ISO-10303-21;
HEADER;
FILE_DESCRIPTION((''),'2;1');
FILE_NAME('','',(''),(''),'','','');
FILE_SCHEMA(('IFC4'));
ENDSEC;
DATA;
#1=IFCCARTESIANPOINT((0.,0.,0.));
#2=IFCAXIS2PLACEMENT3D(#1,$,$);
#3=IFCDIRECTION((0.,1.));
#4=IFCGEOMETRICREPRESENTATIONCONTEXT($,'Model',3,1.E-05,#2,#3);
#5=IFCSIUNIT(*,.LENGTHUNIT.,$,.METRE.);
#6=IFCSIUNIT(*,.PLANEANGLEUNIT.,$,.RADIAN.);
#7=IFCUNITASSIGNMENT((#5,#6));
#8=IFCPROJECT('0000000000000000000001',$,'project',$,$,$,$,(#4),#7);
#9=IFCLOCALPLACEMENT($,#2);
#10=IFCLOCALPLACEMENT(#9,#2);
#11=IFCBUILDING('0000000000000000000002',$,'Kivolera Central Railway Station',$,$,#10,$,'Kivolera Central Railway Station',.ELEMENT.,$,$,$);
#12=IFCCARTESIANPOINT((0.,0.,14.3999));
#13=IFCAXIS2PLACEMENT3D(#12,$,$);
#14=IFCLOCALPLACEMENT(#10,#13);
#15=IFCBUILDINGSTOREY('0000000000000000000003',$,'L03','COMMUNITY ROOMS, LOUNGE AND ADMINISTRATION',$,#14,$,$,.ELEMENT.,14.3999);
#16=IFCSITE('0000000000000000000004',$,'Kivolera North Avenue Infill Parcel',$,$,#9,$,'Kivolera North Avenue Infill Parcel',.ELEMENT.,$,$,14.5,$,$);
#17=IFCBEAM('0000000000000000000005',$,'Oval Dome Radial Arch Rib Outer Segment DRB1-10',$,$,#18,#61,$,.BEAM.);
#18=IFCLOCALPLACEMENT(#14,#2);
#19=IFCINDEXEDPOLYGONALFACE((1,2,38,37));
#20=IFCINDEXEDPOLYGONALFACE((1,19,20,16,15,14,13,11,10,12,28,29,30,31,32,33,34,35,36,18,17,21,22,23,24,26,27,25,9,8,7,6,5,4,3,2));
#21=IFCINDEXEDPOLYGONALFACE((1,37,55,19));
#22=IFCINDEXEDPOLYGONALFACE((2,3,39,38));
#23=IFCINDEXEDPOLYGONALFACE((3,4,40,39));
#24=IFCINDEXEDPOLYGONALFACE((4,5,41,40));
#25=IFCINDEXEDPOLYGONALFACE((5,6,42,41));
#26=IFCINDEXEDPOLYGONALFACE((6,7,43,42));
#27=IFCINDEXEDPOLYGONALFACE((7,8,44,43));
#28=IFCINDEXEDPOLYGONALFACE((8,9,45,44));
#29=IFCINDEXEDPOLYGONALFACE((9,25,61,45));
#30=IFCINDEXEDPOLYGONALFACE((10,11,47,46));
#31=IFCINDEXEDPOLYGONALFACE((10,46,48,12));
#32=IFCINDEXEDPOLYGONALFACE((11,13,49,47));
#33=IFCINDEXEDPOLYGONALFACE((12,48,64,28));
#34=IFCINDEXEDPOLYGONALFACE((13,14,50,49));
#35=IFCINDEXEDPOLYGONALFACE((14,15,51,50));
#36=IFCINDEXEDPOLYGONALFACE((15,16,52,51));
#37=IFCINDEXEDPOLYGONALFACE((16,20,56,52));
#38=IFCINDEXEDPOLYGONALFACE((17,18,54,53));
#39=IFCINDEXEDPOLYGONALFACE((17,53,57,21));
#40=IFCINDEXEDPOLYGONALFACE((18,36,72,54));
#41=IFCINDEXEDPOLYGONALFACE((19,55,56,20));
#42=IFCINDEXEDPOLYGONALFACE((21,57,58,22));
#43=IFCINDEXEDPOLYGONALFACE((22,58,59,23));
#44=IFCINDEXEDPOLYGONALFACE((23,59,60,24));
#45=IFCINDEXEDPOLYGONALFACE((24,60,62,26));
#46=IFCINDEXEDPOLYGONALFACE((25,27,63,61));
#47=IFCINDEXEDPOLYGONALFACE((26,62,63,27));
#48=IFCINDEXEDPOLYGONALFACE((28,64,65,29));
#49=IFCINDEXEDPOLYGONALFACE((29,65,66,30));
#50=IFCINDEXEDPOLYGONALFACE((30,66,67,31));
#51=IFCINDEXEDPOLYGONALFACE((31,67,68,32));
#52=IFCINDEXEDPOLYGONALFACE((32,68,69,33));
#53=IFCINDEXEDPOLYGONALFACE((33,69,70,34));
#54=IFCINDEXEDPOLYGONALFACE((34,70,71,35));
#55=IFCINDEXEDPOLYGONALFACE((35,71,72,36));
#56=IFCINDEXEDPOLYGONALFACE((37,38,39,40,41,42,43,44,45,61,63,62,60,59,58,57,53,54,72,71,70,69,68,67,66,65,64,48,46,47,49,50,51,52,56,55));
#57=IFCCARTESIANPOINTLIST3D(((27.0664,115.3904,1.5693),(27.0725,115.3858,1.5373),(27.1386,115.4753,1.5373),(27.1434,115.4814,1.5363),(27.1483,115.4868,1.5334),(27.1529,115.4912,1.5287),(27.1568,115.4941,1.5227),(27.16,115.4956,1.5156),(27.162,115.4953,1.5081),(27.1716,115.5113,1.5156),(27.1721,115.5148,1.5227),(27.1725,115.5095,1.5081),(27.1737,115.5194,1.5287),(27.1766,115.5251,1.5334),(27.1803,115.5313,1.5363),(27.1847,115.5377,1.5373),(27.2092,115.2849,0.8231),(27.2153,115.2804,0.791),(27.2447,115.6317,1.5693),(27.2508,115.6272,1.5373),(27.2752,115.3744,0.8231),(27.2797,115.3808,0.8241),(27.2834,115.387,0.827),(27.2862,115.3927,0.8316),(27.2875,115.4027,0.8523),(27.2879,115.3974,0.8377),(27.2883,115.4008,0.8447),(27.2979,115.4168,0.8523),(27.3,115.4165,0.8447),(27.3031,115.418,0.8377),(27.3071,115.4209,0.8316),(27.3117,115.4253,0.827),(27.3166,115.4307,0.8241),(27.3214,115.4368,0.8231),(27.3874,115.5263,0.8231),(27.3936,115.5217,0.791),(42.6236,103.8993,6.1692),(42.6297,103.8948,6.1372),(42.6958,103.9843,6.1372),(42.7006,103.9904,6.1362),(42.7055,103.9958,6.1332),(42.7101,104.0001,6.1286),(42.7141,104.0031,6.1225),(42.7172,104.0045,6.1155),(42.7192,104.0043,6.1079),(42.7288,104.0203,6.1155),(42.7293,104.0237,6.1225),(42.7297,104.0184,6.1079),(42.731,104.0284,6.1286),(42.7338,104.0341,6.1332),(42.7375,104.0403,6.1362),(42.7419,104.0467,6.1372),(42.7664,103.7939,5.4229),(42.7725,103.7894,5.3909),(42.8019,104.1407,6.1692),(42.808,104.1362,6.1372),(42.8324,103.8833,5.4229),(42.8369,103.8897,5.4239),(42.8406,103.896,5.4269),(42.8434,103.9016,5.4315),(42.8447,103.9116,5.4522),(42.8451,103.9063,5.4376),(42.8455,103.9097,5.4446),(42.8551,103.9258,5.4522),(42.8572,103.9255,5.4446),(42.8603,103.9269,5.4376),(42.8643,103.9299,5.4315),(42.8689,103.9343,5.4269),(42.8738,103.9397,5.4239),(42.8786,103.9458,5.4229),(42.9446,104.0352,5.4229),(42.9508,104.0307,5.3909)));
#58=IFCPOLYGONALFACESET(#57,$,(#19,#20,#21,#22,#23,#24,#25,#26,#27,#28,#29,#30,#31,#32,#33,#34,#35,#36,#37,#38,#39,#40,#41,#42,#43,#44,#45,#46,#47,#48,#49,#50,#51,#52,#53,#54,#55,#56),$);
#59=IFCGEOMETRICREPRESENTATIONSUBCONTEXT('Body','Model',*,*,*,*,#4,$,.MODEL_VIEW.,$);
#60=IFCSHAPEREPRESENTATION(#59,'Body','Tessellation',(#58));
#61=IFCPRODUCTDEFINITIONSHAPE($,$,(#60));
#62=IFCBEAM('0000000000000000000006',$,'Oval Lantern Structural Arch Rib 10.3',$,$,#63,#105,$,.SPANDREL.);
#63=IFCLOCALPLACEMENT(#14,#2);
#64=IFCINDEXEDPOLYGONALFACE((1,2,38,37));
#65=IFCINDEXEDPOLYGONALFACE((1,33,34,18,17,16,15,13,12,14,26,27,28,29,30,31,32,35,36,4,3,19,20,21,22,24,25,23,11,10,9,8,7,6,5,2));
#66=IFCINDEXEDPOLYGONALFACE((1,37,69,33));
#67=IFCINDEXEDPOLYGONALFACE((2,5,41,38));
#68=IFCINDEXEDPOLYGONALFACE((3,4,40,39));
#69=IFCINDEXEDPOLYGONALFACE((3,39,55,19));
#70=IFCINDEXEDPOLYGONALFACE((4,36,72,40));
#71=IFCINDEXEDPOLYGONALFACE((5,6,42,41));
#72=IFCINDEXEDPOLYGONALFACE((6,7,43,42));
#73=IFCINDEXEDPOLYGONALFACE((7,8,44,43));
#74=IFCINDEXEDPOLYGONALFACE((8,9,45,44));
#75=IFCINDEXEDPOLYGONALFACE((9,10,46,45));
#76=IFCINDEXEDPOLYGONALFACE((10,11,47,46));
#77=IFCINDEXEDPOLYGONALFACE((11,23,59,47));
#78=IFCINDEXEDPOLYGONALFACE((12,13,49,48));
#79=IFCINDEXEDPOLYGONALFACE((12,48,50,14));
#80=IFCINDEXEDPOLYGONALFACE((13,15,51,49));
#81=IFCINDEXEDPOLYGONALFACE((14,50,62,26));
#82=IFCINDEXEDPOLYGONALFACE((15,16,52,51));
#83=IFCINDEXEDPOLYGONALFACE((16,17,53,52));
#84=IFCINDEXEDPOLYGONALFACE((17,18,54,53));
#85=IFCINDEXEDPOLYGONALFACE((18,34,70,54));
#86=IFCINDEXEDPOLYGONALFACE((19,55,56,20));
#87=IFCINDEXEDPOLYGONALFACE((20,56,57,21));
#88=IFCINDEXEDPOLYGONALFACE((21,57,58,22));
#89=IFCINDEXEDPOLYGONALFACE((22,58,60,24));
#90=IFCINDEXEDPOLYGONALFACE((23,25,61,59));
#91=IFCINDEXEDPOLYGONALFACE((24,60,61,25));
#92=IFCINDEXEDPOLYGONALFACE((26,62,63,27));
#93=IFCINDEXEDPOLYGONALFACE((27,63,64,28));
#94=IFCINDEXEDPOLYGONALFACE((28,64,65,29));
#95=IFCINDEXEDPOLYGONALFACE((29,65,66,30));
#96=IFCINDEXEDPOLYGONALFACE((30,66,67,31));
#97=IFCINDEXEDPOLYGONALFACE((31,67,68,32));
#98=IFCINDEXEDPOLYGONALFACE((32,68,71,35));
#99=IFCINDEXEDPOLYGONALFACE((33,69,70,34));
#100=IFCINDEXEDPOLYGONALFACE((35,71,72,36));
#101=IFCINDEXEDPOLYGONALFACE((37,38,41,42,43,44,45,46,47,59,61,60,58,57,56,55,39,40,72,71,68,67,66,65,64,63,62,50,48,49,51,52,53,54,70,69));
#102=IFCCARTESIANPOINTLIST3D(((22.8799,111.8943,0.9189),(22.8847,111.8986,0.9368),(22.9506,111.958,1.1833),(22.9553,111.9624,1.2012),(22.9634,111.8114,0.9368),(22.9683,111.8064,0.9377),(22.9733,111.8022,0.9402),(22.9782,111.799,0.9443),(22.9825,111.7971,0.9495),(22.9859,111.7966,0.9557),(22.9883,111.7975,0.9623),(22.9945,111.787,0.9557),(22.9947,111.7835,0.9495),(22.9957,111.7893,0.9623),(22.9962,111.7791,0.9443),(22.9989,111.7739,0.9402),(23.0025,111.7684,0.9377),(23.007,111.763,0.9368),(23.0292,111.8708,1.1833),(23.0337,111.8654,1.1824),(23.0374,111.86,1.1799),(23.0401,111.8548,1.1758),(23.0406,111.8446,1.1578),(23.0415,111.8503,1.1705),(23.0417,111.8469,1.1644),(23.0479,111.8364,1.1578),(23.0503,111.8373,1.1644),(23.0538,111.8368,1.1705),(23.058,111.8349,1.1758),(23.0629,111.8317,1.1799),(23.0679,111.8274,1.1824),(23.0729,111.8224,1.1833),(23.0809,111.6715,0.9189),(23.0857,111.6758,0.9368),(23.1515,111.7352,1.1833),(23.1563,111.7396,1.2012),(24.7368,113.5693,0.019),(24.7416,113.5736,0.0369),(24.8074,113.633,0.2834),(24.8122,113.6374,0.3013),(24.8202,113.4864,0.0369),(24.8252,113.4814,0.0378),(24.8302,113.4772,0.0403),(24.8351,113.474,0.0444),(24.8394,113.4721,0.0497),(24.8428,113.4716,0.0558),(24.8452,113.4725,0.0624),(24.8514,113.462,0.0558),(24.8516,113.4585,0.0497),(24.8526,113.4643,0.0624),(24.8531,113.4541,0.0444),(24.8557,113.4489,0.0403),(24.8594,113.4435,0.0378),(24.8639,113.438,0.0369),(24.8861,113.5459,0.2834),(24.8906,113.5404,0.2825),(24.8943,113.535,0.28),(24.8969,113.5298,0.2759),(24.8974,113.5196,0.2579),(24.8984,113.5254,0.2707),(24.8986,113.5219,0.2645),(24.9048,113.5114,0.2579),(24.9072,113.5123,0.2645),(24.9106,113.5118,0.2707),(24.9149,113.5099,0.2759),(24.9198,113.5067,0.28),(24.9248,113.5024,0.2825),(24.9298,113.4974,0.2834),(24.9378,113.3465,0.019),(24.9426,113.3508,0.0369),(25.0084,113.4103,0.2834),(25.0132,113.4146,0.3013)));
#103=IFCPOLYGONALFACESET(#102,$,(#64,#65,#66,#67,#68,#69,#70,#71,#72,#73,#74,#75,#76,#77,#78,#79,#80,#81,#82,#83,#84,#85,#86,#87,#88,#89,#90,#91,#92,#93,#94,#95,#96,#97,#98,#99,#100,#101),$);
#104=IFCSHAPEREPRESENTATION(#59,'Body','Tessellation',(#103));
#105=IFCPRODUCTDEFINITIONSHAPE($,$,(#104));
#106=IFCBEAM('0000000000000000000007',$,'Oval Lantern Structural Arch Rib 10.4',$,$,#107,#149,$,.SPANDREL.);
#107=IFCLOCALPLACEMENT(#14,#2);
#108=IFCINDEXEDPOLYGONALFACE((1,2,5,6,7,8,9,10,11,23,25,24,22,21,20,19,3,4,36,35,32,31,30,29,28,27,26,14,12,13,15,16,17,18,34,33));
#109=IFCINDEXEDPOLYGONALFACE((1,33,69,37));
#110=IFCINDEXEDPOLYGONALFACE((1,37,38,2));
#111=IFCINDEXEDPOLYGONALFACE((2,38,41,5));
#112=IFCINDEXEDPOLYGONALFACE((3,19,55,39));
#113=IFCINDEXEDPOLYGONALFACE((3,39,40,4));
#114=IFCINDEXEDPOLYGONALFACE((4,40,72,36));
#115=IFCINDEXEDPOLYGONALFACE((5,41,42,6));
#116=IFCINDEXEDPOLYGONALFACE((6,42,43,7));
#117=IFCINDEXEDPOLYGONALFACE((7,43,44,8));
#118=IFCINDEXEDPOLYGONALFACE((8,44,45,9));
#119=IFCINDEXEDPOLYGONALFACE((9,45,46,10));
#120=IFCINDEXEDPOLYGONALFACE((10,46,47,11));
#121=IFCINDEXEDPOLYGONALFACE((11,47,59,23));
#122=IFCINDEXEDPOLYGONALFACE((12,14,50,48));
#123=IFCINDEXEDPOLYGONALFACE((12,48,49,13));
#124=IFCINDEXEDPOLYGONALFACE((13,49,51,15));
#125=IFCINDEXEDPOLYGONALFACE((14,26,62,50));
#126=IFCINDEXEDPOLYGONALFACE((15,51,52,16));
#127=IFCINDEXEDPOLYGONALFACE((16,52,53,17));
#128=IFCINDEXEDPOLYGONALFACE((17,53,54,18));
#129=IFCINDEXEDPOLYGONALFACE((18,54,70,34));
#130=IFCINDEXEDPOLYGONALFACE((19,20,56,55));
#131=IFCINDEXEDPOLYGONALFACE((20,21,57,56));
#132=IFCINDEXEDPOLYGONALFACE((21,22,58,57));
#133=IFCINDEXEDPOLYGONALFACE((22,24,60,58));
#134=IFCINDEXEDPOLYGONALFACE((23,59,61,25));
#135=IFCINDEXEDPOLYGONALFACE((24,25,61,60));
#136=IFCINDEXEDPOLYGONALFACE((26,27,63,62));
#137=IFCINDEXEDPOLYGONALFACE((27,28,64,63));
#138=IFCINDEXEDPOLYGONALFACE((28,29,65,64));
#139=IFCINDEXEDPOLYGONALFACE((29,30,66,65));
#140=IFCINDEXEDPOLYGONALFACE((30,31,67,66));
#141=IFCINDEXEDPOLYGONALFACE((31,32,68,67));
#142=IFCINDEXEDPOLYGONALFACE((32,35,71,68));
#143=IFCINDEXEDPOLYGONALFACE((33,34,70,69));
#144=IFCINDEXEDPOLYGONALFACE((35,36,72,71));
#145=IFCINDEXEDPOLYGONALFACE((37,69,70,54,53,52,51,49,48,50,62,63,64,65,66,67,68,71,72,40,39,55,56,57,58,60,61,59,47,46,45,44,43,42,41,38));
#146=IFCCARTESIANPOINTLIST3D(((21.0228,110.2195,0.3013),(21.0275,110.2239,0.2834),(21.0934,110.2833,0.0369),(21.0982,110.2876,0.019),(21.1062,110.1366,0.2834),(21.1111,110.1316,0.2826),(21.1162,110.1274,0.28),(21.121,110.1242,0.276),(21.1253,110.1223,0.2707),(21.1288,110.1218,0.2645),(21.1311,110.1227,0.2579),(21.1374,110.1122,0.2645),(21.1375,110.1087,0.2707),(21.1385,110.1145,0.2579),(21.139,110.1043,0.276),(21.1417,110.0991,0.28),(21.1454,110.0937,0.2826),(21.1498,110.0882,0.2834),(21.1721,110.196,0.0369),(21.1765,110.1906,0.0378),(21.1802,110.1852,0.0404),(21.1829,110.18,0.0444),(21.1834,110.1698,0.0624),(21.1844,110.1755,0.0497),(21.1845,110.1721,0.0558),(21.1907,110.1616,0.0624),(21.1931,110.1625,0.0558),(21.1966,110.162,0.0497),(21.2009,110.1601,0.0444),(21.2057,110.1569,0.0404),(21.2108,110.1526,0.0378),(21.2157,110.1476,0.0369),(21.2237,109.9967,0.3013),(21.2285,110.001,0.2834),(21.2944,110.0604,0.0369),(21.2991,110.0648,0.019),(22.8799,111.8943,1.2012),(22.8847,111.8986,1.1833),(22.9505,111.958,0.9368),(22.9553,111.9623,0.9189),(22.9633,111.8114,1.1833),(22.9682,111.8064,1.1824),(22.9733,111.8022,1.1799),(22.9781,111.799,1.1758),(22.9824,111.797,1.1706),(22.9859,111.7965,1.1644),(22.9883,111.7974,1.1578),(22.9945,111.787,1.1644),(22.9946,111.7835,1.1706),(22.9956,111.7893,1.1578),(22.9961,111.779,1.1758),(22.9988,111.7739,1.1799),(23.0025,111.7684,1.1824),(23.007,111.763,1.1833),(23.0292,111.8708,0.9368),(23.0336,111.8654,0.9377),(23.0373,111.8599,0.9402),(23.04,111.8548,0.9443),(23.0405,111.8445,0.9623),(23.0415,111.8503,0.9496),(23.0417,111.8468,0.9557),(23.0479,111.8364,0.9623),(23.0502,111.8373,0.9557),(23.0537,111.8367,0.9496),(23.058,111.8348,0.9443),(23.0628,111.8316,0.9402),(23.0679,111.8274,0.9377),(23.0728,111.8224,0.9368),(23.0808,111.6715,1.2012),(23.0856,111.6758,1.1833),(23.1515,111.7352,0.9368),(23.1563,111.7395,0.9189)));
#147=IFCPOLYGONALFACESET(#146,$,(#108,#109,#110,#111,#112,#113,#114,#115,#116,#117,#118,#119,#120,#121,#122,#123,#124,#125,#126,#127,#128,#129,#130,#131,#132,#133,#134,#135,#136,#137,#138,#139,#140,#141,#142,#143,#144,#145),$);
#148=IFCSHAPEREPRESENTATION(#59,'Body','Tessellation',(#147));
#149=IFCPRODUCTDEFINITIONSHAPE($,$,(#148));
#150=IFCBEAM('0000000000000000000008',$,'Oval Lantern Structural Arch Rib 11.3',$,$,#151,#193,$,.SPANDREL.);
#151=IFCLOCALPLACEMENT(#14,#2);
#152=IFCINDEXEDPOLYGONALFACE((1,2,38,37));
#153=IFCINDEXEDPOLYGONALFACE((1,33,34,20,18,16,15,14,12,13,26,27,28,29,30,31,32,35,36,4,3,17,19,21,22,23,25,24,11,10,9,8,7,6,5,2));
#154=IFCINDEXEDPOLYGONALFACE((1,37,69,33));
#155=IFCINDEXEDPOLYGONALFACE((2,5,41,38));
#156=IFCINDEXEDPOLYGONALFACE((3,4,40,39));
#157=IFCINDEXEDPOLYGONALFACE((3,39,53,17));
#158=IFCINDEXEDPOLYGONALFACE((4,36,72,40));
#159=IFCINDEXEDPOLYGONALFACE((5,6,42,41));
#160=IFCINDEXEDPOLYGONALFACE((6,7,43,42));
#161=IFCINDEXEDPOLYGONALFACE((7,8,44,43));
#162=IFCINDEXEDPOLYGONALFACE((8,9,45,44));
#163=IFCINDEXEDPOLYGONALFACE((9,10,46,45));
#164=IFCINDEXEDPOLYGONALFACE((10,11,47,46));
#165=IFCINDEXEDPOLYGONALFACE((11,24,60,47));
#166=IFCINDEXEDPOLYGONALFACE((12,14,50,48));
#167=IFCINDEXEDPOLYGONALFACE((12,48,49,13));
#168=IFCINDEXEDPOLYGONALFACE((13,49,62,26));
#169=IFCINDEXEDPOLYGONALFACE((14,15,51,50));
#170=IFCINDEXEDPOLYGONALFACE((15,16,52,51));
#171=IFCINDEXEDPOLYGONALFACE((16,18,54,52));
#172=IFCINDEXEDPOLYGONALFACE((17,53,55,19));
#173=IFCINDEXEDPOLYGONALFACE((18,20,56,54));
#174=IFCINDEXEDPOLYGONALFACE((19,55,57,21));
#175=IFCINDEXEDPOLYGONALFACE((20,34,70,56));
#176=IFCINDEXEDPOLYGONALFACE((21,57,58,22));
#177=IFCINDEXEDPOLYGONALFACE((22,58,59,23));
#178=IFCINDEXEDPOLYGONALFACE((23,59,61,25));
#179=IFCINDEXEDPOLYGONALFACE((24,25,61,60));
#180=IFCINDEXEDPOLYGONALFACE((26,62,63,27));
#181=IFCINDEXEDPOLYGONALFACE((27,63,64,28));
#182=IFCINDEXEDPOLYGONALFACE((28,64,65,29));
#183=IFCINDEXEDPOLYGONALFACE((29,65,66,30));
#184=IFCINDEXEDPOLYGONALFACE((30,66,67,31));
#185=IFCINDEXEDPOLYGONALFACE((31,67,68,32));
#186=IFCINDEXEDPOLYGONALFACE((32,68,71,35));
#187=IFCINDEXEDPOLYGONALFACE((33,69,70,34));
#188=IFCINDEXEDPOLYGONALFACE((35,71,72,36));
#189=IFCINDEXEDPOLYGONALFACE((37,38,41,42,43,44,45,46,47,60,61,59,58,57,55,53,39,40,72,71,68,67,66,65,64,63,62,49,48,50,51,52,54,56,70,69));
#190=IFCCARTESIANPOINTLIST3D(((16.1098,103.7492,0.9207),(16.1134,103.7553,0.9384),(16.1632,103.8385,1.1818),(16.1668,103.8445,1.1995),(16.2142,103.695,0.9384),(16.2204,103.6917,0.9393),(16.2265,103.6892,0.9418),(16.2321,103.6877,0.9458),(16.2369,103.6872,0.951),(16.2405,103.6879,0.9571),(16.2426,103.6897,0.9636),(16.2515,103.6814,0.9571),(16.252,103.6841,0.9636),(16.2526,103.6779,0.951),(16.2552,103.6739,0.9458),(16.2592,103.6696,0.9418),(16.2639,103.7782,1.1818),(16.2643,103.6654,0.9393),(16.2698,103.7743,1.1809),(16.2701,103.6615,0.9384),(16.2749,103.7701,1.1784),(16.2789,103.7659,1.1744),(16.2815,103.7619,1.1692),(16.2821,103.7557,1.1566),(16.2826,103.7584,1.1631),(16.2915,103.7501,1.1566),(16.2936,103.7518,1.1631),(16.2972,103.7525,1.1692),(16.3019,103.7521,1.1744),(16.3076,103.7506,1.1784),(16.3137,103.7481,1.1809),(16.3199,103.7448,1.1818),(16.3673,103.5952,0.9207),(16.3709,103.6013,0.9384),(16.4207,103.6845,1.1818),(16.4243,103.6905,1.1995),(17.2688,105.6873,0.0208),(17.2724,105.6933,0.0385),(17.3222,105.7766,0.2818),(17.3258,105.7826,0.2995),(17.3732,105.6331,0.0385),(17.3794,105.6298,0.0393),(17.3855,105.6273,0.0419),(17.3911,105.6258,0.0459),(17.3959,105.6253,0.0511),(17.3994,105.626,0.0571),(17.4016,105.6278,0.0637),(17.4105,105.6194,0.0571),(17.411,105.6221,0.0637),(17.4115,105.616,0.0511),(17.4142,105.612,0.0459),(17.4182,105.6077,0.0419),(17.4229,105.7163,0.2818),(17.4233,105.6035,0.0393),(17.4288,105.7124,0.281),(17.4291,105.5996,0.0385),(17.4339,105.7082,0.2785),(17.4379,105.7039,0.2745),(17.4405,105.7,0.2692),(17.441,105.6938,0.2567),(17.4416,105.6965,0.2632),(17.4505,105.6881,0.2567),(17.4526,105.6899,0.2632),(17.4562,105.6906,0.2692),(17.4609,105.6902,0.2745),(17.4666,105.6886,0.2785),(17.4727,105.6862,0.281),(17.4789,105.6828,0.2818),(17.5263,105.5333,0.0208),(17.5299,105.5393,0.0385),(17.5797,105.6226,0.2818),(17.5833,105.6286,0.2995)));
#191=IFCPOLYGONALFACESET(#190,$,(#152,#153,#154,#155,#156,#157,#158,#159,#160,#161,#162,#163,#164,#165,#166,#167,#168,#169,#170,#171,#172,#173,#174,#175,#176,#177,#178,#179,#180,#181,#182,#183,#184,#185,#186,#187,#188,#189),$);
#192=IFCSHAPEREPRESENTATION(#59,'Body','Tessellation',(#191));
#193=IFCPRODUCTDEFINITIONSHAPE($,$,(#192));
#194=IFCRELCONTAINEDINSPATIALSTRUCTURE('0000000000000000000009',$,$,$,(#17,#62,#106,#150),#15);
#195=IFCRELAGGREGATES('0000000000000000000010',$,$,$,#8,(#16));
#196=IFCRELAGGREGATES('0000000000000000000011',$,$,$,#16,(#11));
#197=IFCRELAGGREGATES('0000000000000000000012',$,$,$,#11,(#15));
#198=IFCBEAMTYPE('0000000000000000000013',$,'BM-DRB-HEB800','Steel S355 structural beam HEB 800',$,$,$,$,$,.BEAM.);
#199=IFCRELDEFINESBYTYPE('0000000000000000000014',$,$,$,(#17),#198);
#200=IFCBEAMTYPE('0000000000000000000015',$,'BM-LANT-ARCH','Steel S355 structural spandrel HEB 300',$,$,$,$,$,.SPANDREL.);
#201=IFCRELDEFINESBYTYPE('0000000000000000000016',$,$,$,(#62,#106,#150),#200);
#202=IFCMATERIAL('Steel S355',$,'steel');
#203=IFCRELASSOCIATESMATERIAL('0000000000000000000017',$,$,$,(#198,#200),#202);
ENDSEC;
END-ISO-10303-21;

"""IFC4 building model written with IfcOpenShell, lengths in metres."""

from ifc_helpers import new_model, si_unit, direction, frame, origin, origin_2d, place, context, subcontext, project, spatial, i_section, extrude, material, material_profile, profile_set, type_object, element, save


model = new_model("IFC4")

# Units and contexts
model_context = context("Model", 3, precision=1e-05, world=origin(), true_north=direction((0.0, 1.0)))
body_context = subcontext(model_context, "Body", "Model", "MODEL_VIEW")
ifc_project = project(units=[si_unit("LENGTHUNIT", "METRE"), si_unit("PLANEANGLEUNIT", "RADIAN")], contexts=[model_context])

# Site, building, storey
site_placement = place(None, origin())
site = spatial("IfcSite", under=ifc_project, at=site_placement, Name="Kivolera North Avenue Infill Parcel", LongName="Kivolera North Avenue Infill Parcel", CompositionType="ELEMENT", RefElevation=14.5)
building_placement = place(site_placement, origin())
building = spatial("IfcBuilding", under=site, at=building_placement, Name="Kivolera Central Railway Station", LongName="Kivolera Central Railway Station", CompositionType="ELEMENT")
storey_placement = place(building_placement, frame((0.0, 0.0, 14.3999)))
storey = spatial("IfcBuildingStorey", under=building, at=storey_placement, Name="L03", Description="COMMUNITY ROOMS, LOUNGE AND ADMINISTRATION", CompositionType="ELEMENT", Elevation=14.3999)

# Beams
ifc_material_1 = material(Name="Steel S355", Category="steel")
ifc_material_profile_1 = material_profile(ifc_material_1, i_section(OverallWidth=0.3, OverallDepth=0.8, WebThickness=0.0176, FlangeThickness=0.033, FilletRadius=0.03, at=origin_2d()), Name="HEB 800")
ifc_profile_set_1 = profile_set([ifc_material_profile_1], Name="Steel S355")
beam_type_1 = type_object("IfcBeamType", Name="BM-DRB-HEB800", Description="Steel S355 structural beam HEB 800", PredefinedType="BEAM", material=ifc_profile_set_1)
beam_1_placement = place(storey_placement, frame((27.23, 115.4561, 1.1802), z_axis=(0.782541, -0.578009, 0.231378), x_axis=(0.594131, 0.804368, 0.0)))
element("IfcBeam", 1, at=beam_1_placement, inside=storey, type_object=beam_type_1, Name="Oval Dome Radial Arch Rib Outer Segment DRB1-10", PredefinedType="BEAM", context=body_context, shape_type="SweptSolid", body=[
    extrude(i_section(OverallWidth=0.3, OverallDepth=0.8, WebThickness=0.0176, FlangeThickness=0.033, FilletRadius=0.03, at=origin_2d()), origin(), (0.0, 0.0, 1.0), 19.8804),
])
ifc_material_profile_2 = material_profile(ifc_material_1, i_section(OverallWidth=0.3, OverallDepth=0.3, WebThickness=0.011, FlangeThickness=0.019, FilletRadius=0.0271, at=origin_2d()), Name="HEB 300")
ifc_profile_set_2 = profile_set([ifc_material_profile_2], Name="Steel S355")
beam_type_2 = type_object("IfcBeamType", Name="BM-LANT-ARCH", Description="Steel S355 structural spandrel HEB 300", PredefinedType="SPANDREL", material=ifc_profile_set_2)
for number, where, z_axis, x_axis, name in (
    (2, (24.875, 113.4919, 0.1602), (-0.698677, -0.630243, 0.338591), (0.669806, -0.742536, 0.0), "Oval Lantern Structural Arch Rib 10.3"),
    (3, (23.0181, 111.8169, 1.0601), (-0.698765, -0.630147, -0.338589), (0.669703, -0.742629, 0.0), "Oval Lantern Structural Arch Rib 10.4"),
):
    element("IfcBeam", number, at=place(storey_placement, frame(where, z_axis=z_axis, x_axis=x_axis)), inside=storey, type_object=beam_type_2, Name=name, PredefinedType="SPANDREL", context=body_context, shape_type="SweptSolid", body=[
        extrude(i_section(OverallWidth=0.3, OverallDepth=0.3, WebThickness=0.011, FlangeThickness=0.019, FilletRadius=0.0271, at=origin_2d()), origin(), (0.0, 0.0, 1.0), 2.6577),
    ])
beam_2_placement = place(storey_placement, frame((17.426, 105.658, 0.1602), z_axis=(-0.476773, -0.797266, 0.370209), x_axis=(0.858246, -0.513239, 0.0)))
element("IfcBeam", 4, at=beam_2_placement, inside=storey, type_object=beam_type_2, Name="Oval Lantern Structural Arch Rib 11.3", PredefinedType="SPANDREL", context=body_context, shape_type="SweptSolid", body=[
    extrude(i_section(OverallWidth=0.3, OverallDepth=0.3, WebThickness=0.011, FlangeThickness=0.019, FilletRadius=0.0271, at=origin_2d()), origin(), (0.0, 0.0, 1.0), 2.4309),
])

save(model, "model.ifc")
